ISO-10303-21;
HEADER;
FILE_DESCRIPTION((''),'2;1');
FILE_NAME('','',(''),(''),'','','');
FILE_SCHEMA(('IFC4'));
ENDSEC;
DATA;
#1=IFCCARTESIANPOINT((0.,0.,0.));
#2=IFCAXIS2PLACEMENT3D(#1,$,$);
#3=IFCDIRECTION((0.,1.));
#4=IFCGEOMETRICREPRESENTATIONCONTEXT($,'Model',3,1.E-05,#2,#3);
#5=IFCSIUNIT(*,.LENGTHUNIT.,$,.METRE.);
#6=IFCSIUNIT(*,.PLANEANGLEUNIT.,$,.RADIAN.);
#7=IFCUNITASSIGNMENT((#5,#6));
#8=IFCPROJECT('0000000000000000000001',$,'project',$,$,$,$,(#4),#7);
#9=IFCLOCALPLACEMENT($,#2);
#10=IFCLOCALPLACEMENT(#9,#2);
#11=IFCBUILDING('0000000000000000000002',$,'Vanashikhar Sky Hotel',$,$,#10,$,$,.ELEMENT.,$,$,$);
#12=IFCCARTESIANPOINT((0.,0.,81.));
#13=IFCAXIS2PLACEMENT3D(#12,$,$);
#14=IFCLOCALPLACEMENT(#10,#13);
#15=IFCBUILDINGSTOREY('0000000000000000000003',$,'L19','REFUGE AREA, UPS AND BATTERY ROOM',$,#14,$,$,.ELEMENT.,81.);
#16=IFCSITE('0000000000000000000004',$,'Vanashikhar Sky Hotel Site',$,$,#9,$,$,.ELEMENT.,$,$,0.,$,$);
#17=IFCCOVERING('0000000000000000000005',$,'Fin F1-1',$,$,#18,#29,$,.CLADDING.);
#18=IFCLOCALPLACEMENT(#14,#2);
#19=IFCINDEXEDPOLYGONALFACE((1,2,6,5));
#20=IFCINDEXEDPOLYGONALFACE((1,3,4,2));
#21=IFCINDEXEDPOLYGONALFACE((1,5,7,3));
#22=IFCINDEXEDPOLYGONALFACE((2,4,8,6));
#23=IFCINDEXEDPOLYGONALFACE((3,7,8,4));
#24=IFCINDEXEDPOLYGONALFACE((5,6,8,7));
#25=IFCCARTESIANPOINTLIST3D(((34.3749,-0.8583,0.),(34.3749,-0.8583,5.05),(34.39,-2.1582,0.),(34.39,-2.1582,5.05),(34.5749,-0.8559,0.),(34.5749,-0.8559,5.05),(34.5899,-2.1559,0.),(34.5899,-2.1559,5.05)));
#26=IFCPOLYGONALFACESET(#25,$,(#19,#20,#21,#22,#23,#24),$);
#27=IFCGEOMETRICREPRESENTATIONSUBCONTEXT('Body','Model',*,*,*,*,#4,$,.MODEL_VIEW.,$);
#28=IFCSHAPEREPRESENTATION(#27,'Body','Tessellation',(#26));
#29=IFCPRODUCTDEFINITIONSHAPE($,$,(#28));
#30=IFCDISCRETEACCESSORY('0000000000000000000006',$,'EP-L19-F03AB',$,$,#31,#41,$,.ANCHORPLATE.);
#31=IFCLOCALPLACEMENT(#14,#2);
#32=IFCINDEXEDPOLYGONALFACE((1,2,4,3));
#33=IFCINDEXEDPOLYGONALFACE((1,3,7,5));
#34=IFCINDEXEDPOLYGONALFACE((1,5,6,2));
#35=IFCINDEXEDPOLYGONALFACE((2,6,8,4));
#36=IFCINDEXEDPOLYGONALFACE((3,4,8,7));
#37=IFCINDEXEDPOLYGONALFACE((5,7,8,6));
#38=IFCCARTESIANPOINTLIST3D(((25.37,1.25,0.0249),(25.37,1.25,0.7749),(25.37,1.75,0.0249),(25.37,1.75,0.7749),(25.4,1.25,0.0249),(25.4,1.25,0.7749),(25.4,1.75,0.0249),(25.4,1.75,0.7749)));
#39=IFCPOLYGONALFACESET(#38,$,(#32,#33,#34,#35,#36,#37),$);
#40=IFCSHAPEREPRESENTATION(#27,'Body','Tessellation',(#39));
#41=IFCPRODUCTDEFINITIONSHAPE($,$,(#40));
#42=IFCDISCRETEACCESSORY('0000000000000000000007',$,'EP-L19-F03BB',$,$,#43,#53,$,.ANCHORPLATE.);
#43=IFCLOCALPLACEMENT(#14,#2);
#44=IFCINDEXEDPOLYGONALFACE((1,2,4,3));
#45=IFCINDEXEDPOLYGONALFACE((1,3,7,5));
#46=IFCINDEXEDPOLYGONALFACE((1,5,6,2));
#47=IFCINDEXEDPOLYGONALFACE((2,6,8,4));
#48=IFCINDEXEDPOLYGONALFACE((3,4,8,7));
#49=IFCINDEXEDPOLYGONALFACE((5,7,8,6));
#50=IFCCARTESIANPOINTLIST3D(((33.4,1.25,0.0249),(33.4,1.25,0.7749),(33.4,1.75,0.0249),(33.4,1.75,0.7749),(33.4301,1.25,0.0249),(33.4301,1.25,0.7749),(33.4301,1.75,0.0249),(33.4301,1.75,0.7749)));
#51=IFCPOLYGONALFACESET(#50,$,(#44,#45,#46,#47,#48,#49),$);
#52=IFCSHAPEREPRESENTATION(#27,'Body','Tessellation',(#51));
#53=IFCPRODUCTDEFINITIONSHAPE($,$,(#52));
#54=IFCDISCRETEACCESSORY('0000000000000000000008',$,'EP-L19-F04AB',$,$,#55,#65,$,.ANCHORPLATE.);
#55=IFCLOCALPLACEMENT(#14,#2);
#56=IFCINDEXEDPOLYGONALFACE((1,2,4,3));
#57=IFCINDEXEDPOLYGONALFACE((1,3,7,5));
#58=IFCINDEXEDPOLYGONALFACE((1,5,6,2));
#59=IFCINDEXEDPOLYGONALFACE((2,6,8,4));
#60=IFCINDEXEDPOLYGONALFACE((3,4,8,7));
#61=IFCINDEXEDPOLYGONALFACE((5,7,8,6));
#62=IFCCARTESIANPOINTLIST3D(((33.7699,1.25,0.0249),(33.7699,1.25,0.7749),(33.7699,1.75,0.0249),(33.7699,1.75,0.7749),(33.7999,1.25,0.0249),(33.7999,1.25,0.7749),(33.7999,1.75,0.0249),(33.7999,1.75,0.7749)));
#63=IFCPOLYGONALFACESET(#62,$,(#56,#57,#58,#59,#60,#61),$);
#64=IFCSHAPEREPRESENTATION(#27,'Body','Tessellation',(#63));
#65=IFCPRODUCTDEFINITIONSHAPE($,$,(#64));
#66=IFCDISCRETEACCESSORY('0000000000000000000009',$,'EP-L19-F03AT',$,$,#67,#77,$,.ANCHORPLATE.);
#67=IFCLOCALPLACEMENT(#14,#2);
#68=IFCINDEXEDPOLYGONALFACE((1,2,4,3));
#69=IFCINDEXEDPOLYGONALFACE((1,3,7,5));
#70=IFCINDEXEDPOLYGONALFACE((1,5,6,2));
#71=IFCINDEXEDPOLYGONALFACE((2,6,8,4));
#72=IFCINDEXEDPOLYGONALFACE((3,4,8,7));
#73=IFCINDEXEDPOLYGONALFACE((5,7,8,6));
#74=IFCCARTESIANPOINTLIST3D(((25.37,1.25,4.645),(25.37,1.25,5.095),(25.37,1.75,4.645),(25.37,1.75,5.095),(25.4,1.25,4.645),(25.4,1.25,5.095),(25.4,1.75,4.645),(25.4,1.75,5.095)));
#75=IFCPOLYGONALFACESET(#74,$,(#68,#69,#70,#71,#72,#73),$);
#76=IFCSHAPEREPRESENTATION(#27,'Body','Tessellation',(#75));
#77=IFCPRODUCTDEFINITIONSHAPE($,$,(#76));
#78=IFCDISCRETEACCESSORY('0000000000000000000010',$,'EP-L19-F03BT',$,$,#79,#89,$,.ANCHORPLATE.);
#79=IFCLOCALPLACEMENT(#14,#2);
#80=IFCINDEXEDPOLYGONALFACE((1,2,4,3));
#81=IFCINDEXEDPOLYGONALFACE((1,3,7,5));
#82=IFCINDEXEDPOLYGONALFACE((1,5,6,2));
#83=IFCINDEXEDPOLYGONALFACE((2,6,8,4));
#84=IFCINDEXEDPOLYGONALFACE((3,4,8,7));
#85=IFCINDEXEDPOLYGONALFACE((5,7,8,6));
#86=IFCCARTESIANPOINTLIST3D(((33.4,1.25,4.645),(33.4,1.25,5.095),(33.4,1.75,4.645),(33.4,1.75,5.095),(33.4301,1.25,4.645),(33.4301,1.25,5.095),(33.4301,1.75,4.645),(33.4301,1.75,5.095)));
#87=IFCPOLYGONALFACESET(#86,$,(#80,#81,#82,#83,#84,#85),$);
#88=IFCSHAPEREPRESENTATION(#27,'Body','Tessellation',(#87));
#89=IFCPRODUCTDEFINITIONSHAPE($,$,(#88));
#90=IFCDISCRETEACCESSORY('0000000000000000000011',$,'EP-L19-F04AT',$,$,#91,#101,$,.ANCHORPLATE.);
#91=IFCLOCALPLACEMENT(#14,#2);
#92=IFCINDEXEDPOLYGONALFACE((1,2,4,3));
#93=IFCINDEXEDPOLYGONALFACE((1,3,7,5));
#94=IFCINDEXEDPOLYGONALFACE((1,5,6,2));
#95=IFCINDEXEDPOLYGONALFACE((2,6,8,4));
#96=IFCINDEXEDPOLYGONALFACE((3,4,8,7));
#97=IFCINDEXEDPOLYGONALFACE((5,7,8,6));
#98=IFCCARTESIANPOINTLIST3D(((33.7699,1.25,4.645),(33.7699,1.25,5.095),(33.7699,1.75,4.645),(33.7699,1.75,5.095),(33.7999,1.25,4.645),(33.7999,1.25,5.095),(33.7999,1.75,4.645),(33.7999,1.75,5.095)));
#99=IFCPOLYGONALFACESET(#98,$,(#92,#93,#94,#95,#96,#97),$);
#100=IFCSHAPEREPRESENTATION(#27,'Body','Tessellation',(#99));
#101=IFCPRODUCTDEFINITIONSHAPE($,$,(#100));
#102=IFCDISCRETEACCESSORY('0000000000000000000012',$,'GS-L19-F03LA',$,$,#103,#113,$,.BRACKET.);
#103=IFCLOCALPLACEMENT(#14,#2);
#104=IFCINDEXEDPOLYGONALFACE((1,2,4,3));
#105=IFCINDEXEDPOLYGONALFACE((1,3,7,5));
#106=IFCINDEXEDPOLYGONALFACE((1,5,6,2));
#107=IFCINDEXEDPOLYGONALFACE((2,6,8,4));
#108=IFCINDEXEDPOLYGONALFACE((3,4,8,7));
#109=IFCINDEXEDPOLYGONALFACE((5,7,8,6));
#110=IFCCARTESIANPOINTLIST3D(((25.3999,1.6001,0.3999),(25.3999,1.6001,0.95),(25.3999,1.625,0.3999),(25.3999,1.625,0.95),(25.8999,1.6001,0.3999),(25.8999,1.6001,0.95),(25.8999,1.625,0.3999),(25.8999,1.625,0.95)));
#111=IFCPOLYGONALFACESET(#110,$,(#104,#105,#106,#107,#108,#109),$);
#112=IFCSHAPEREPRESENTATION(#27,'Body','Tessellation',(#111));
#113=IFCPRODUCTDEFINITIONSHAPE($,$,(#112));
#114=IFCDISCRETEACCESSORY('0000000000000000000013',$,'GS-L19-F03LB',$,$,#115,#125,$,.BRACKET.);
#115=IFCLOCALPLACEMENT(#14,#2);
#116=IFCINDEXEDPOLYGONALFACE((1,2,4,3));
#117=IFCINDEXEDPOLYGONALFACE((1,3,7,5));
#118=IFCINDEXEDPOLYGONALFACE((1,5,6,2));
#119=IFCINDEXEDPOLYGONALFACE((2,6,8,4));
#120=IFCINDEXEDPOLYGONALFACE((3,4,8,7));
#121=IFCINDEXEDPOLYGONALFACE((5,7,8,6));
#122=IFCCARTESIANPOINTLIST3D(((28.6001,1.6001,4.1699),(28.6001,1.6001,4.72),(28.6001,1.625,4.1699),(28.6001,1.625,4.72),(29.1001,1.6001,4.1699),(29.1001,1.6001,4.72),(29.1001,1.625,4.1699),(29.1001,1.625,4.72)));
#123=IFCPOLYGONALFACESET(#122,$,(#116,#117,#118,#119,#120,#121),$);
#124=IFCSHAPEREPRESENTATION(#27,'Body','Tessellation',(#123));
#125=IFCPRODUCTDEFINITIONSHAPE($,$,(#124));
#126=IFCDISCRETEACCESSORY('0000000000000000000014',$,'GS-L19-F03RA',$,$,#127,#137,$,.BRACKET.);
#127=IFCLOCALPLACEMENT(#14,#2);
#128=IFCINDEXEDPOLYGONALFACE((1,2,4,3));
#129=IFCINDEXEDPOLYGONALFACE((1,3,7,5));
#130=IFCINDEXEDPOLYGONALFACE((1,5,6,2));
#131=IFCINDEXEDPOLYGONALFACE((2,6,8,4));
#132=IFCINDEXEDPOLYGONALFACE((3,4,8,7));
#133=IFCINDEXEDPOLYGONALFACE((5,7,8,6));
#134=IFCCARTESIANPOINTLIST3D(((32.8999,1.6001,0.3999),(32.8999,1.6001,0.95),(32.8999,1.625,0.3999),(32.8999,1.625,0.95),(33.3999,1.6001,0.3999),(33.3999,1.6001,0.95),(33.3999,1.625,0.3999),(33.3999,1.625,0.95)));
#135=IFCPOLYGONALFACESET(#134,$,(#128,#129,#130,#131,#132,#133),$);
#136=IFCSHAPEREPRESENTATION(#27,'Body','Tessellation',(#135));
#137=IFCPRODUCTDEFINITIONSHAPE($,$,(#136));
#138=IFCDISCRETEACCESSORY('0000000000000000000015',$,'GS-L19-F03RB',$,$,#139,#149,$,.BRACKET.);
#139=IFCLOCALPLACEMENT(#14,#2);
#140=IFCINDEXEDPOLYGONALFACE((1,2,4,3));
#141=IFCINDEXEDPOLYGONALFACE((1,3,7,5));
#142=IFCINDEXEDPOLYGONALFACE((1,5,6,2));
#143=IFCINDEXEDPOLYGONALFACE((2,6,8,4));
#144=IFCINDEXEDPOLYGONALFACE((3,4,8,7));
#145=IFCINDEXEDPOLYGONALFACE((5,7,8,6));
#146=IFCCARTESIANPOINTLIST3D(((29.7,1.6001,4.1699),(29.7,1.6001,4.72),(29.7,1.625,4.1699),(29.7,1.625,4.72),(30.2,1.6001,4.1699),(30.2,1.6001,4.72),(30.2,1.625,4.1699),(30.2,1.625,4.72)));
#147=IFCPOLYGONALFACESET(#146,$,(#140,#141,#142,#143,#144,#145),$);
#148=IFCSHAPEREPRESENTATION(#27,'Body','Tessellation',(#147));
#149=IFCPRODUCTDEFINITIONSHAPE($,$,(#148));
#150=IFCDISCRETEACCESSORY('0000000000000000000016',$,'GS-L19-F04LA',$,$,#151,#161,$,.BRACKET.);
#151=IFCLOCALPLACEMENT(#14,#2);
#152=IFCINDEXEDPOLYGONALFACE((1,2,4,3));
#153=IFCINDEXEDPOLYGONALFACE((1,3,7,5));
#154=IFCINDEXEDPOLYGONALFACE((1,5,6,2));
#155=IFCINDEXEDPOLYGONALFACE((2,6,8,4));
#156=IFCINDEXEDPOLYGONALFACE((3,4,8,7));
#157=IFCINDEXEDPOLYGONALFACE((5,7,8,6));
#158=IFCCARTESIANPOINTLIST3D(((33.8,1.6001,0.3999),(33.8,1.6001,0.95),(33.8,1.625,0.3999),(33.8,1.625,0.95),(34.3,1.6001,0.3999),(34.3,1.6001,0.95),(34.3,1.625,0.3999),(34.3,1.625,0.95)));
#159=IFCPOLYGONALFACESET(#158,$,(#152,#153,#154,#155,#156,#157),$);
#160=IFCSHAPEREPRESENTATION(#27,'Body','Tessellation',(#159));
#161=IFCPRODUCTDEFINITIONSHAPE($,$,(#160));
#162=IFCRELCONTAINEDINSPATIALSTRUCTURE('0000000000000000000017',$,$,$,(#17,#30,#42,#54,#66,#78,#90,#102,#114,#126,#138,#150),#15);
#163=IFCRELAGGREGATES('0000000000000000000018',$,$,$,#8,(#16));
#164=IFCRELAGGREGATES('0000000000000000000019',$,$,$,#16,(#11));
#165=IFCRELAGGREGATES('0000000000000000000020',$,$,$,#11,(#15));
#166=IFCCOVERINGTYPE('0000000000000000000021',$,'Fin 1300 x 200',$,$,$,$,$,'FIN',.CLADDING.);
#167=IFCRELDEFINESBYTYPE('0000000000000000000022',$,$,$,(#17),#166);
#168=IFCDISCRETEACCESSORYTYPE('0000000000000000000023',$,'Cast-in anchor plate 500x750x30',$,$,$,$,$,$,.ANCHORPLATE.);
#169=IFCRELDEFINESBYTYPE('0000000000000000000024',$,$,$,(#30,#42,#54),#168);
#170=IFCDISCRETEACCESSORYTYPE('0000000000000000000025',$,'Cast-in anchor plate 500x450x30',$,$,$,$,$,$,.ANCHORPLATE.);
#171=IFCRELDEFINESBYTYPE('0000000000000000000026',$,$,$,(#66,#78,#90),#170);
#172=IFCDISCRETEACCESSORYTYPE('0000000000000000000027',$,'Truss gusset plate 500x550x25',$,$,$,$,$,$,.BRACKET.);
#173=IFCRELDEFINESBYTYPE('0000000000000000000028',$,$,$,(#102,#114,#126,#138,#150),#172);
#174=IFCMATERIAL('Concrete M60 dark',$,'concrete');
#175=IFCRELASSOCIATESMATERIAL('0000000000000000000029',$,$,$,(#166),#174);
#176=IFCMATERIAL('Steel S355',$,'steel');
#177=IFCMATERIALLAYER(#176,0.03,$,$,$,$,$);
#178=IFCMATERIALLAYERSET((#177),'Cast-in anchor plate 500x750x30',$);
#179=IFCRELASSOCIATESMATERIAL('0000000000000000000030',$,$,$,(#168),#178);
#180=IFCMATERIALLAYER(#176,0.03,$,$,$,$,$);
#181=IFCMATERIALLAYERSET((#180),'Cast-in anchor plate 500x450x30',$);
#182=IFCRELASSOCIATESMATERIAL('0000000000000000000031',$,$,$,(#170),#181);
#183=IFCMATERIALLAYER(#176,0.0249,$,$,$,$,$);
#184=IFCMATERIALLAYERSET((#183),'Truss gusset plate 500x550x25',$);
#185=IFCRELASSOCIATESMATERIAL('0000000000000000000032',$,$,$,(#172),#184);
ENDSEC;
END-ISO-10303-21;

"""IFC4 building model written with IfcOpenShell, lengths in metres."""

from ifc_helpers import new_model, si_unit, direction, frame, origin, origin_2d, place, context, subcontext, project, spatial, rectangle, extrude, source, transform, mapped, material, layer, layer_set, material_profile, profile_set, type_object, element, save


model = new_model("IFC4")

# Units and contexts
model_context = context("Model", 3, precision=1e-05, world=origin(), true_north=direction((0.0, 1.0)))
body_context = subcontext(model_context, "Body", "Model", "MODEL_VIEW")
ifc_project = project(units=[si_unit("LENGTHUNIT", "METRE"), si_unit("PLANEANGLEUNIT", "RADIAN")], contexts=[model_context])

# Site, building, storey
site_placement = place(None, origin())
site = spatial("IfcSite", under=ifc_project, at=site_placement, Name="Vanashikhar Sky Hotel Site", CompositionType="ELEMENT", RefElevation=0.0)
building_placement = place(site_placement, origin())
building = spatial("IfcBuilding", under=site, at=building_placement, Name="Vanashikhar Sky Hotel", CompositionType="ELEMENT")
storey_placement = place(building_placement, frame((0.0, 0.0, 81.0)))
storey = spatial("IfcBuildingStorey", under=building, at=storey_placement, Name="L19", Description="REFUGE AREA, UPS AND BATTERY ROOM", CompositionType="ELEMENT", Elevation=81.0)

# Shared definitions
ifc_material_1 = material(Name="Steel S355", Category="steel")

# Covering
ifc_material_2 = material(Name="Concrete M60 dark", Category="concrete")
ifc_material_profile_1 = material_profile(ifc_material_2, rectangle(XDim=1.3, YDim=0.2, at=origin_2d()))
ifc_profile_set_1 = profile_set([ifc_material_profile_1], Name="Fin 1300 x 200")
covering_type_1 = type_object("IfcCoveringType", Name="Fin 1300 x 200", ElementType="FIN", PredefinedType="CLADDING", material=ifc_profile_set_1)
shared_shape_1 = source(origin(), body_context, "Body", "SweptSolid", [
    extrude(rectangle(XDim=1.3, YDim=0.2, at=origin_2d()), origin(), (0.0, 0.0, 1.0), 5.05),
])
covering_1_placement = place(storey_placement, frame((34.4824, -1.5071, 0.0), z_axis=(0.0, 0.0, 1.0), x_axis=(0.011589, -0.999933, 0.0)))
element("IfcCovering", 1, at=covering_1_placement, inside=storey, type_object=covering_type_1, Name="Fin F1-1", PredefinedType="CLADDING", context=body_context, shape_type="MappedRepresentation", body=[
    mapped(shared_shape_1, transform((0.0, 0.0, 0.0), scale=1.0)),
])

# Discrete accessories
ifc_layer_1 = layer(ifc_material_1, 0.03)
ifc_layer_set_1 = layer_set([ifc_layer_1], Name="Cast-in anchor plate 500x750x30")
discrete_accessory_type_1 = type_object("IfcDiscreteAccessoryType", Name="Cast-in anchor plate 500x750x30", PredefinedType="ANCHORPLATE", material=ifc_layer_set_1)
shared_shape_2 = source(origin(), body_context, "Body", "SweptSolid", [
    extrude(rectangle(XDim=0.03, YDim=0.5, at=origin_2d()), origin(), (0.0, 0.0, 1.0), 0.75),
])
for number, where, z_axis, x_axis, name in (
    (2, (25.385, 1.5, 0.0249), (0.0, 0.0, 1.0), (1.0, 0.0, 0.0), "EP-L19-F03AB"),
    (3, (33.415, 1.5, 0.0249), (0.0, 0.0, 1.0), (1.0, 0.0, 0.0), "EP-L19-F03BB"),
    (4, (33.7849, 1.5, 0.0249), (0.0, 0.0, 1.0), (1.0, 0.0, 0.0), "EP-L19-F04AB"),
):
    element("IfcDiscreteAccessory", number, at=place(storey_placement, frame(where, z_axis=z_axis, x_axis=x_axis)), inside=storey, type_object=discrete_accessory_type_1, Name=name, PredefinedType="ANCHORPLATE", context=body_context, shape_type="MappedRepresentation", body=[
        mapped(shared_shape_2, transform((0.0, 0.0, 0.0), scale=1.0)),
    ])
ifc_layer_2 = layer(ifc_material_1, 0.03)
ifc_layer_set_2 = layer_set([ifc_layer_2], Name="Cast-in anchor plate 500x450x30")
discrete_accessory_type_2 = type_object("IfcDiscreteAccessoryType", Name="Cast-in anchor plate 500x450x30", PredefinedType="ANCHORPLATE", material=ifc_layer_set_2)
shared_shape_3 = source(origin(), body_context, "Body", "SweptSolid", [
    extrude(rectangle(XDim=0.03, YDim=0.5, at=origin_2d()), origin(), (0.0, 0.0, 1.0), 0.45),
])
for number, where, z_axis, x_axis, name in (
    (5, (25.385, 1.5, 4.645), (0.0, 0.0, 1.0), (1.0, 0.0, 0.0), "EP-L19-F03AT"),
    (6, (33.415, 1.5, 4.645), (0.0, 0.0, 1.0), (1.0, 0.0, 0.0), "EP-L19-F03BT"),
    (7, (33.7849, 1.5, 4.645), (0.0, 0.0, 1.0), (1.0, 0.0, 0.0), "EP-L19-F04AT"),
):
    element("IfcDiscreteAccessory", number, at=place(storey_placement, frame(where, z_axis=z_axis, x_axis=x_axis)), inside=storey, type_object=discrete_accessory_type_2, Name=name, PredefinedType="ANCHORPLATE", context=body_context, shape_type="MappedRepresentation", body=[
        mapped(shared_shape_3, transform((0.0, 0.0, 0.0), scale=1.0)),
    ])
ifc_layer_3 = layer(ifc_material_1, 0.0249)
ifc_layer_set_3 = layer_set([ifc_layer_3], Name="Truss gusset plate 500x550x25")
discrete_accessory_type_3 = type_object("IfcDiscreteAccessoryType", Name="Truss gusset plate 500x550x25", PredefinedType="BRACKET", material=ifc_layer_set_3)
shared_shape_4 = source(origin(), body_context, "Body", "SweptSolid", [
    extrude(rectangle(XDim=0.5, YDim=0.0249, at=origin_2d()), origin(), (0.0, 0.0, 1.0), 0.55),
])
for number, where, z_axis, x_axis, name in (
    (8, (25.6499, 1.6125, 0.3999), (0.0, 0.0, 1.0), (1.0, 0.0, 0.0), "GS-L19-F03LA"),
    (9, (28.8501, 1.6125, 4.1699), (0.0, 0.0, 1.0), (1.0, 0.0, 0.0), "GS-L19-F03LB"),
    (10, (33.1499, 1.6125, 0.3999), (0.0, 0.0, 1.0), (1.0, 0.0, 0.0), "GS-L19-F03RA"),
    (11, (29.95, 1.6125, 4.1699), (0.0, 0.0, 1.0), (1.0, 0.0, 0.0), "GS-L19-F03RB"),
    (12, (34.05, 1.6125, 0.3999), (0.0, 0.0, 1.0), (1.0, 0.0, 0.0), "GS-L19-F04LA"),
):
    element("IfcDiscreteAccessory", number, at=place(storey_placement, frame(where, z_axis=z_axis, x_axis=x_axis)), inside=storey, type_object=discrete_accessory_type_3, Name=name, PredefinedType="BRACKET", context=body_context, shape_type="MappedRepresentation", body=[
        mapped(shared_shape_4, transform((0.0, 0.0, 0.0), scale=1.0)),
    ])

save(model, "model.ifc")
